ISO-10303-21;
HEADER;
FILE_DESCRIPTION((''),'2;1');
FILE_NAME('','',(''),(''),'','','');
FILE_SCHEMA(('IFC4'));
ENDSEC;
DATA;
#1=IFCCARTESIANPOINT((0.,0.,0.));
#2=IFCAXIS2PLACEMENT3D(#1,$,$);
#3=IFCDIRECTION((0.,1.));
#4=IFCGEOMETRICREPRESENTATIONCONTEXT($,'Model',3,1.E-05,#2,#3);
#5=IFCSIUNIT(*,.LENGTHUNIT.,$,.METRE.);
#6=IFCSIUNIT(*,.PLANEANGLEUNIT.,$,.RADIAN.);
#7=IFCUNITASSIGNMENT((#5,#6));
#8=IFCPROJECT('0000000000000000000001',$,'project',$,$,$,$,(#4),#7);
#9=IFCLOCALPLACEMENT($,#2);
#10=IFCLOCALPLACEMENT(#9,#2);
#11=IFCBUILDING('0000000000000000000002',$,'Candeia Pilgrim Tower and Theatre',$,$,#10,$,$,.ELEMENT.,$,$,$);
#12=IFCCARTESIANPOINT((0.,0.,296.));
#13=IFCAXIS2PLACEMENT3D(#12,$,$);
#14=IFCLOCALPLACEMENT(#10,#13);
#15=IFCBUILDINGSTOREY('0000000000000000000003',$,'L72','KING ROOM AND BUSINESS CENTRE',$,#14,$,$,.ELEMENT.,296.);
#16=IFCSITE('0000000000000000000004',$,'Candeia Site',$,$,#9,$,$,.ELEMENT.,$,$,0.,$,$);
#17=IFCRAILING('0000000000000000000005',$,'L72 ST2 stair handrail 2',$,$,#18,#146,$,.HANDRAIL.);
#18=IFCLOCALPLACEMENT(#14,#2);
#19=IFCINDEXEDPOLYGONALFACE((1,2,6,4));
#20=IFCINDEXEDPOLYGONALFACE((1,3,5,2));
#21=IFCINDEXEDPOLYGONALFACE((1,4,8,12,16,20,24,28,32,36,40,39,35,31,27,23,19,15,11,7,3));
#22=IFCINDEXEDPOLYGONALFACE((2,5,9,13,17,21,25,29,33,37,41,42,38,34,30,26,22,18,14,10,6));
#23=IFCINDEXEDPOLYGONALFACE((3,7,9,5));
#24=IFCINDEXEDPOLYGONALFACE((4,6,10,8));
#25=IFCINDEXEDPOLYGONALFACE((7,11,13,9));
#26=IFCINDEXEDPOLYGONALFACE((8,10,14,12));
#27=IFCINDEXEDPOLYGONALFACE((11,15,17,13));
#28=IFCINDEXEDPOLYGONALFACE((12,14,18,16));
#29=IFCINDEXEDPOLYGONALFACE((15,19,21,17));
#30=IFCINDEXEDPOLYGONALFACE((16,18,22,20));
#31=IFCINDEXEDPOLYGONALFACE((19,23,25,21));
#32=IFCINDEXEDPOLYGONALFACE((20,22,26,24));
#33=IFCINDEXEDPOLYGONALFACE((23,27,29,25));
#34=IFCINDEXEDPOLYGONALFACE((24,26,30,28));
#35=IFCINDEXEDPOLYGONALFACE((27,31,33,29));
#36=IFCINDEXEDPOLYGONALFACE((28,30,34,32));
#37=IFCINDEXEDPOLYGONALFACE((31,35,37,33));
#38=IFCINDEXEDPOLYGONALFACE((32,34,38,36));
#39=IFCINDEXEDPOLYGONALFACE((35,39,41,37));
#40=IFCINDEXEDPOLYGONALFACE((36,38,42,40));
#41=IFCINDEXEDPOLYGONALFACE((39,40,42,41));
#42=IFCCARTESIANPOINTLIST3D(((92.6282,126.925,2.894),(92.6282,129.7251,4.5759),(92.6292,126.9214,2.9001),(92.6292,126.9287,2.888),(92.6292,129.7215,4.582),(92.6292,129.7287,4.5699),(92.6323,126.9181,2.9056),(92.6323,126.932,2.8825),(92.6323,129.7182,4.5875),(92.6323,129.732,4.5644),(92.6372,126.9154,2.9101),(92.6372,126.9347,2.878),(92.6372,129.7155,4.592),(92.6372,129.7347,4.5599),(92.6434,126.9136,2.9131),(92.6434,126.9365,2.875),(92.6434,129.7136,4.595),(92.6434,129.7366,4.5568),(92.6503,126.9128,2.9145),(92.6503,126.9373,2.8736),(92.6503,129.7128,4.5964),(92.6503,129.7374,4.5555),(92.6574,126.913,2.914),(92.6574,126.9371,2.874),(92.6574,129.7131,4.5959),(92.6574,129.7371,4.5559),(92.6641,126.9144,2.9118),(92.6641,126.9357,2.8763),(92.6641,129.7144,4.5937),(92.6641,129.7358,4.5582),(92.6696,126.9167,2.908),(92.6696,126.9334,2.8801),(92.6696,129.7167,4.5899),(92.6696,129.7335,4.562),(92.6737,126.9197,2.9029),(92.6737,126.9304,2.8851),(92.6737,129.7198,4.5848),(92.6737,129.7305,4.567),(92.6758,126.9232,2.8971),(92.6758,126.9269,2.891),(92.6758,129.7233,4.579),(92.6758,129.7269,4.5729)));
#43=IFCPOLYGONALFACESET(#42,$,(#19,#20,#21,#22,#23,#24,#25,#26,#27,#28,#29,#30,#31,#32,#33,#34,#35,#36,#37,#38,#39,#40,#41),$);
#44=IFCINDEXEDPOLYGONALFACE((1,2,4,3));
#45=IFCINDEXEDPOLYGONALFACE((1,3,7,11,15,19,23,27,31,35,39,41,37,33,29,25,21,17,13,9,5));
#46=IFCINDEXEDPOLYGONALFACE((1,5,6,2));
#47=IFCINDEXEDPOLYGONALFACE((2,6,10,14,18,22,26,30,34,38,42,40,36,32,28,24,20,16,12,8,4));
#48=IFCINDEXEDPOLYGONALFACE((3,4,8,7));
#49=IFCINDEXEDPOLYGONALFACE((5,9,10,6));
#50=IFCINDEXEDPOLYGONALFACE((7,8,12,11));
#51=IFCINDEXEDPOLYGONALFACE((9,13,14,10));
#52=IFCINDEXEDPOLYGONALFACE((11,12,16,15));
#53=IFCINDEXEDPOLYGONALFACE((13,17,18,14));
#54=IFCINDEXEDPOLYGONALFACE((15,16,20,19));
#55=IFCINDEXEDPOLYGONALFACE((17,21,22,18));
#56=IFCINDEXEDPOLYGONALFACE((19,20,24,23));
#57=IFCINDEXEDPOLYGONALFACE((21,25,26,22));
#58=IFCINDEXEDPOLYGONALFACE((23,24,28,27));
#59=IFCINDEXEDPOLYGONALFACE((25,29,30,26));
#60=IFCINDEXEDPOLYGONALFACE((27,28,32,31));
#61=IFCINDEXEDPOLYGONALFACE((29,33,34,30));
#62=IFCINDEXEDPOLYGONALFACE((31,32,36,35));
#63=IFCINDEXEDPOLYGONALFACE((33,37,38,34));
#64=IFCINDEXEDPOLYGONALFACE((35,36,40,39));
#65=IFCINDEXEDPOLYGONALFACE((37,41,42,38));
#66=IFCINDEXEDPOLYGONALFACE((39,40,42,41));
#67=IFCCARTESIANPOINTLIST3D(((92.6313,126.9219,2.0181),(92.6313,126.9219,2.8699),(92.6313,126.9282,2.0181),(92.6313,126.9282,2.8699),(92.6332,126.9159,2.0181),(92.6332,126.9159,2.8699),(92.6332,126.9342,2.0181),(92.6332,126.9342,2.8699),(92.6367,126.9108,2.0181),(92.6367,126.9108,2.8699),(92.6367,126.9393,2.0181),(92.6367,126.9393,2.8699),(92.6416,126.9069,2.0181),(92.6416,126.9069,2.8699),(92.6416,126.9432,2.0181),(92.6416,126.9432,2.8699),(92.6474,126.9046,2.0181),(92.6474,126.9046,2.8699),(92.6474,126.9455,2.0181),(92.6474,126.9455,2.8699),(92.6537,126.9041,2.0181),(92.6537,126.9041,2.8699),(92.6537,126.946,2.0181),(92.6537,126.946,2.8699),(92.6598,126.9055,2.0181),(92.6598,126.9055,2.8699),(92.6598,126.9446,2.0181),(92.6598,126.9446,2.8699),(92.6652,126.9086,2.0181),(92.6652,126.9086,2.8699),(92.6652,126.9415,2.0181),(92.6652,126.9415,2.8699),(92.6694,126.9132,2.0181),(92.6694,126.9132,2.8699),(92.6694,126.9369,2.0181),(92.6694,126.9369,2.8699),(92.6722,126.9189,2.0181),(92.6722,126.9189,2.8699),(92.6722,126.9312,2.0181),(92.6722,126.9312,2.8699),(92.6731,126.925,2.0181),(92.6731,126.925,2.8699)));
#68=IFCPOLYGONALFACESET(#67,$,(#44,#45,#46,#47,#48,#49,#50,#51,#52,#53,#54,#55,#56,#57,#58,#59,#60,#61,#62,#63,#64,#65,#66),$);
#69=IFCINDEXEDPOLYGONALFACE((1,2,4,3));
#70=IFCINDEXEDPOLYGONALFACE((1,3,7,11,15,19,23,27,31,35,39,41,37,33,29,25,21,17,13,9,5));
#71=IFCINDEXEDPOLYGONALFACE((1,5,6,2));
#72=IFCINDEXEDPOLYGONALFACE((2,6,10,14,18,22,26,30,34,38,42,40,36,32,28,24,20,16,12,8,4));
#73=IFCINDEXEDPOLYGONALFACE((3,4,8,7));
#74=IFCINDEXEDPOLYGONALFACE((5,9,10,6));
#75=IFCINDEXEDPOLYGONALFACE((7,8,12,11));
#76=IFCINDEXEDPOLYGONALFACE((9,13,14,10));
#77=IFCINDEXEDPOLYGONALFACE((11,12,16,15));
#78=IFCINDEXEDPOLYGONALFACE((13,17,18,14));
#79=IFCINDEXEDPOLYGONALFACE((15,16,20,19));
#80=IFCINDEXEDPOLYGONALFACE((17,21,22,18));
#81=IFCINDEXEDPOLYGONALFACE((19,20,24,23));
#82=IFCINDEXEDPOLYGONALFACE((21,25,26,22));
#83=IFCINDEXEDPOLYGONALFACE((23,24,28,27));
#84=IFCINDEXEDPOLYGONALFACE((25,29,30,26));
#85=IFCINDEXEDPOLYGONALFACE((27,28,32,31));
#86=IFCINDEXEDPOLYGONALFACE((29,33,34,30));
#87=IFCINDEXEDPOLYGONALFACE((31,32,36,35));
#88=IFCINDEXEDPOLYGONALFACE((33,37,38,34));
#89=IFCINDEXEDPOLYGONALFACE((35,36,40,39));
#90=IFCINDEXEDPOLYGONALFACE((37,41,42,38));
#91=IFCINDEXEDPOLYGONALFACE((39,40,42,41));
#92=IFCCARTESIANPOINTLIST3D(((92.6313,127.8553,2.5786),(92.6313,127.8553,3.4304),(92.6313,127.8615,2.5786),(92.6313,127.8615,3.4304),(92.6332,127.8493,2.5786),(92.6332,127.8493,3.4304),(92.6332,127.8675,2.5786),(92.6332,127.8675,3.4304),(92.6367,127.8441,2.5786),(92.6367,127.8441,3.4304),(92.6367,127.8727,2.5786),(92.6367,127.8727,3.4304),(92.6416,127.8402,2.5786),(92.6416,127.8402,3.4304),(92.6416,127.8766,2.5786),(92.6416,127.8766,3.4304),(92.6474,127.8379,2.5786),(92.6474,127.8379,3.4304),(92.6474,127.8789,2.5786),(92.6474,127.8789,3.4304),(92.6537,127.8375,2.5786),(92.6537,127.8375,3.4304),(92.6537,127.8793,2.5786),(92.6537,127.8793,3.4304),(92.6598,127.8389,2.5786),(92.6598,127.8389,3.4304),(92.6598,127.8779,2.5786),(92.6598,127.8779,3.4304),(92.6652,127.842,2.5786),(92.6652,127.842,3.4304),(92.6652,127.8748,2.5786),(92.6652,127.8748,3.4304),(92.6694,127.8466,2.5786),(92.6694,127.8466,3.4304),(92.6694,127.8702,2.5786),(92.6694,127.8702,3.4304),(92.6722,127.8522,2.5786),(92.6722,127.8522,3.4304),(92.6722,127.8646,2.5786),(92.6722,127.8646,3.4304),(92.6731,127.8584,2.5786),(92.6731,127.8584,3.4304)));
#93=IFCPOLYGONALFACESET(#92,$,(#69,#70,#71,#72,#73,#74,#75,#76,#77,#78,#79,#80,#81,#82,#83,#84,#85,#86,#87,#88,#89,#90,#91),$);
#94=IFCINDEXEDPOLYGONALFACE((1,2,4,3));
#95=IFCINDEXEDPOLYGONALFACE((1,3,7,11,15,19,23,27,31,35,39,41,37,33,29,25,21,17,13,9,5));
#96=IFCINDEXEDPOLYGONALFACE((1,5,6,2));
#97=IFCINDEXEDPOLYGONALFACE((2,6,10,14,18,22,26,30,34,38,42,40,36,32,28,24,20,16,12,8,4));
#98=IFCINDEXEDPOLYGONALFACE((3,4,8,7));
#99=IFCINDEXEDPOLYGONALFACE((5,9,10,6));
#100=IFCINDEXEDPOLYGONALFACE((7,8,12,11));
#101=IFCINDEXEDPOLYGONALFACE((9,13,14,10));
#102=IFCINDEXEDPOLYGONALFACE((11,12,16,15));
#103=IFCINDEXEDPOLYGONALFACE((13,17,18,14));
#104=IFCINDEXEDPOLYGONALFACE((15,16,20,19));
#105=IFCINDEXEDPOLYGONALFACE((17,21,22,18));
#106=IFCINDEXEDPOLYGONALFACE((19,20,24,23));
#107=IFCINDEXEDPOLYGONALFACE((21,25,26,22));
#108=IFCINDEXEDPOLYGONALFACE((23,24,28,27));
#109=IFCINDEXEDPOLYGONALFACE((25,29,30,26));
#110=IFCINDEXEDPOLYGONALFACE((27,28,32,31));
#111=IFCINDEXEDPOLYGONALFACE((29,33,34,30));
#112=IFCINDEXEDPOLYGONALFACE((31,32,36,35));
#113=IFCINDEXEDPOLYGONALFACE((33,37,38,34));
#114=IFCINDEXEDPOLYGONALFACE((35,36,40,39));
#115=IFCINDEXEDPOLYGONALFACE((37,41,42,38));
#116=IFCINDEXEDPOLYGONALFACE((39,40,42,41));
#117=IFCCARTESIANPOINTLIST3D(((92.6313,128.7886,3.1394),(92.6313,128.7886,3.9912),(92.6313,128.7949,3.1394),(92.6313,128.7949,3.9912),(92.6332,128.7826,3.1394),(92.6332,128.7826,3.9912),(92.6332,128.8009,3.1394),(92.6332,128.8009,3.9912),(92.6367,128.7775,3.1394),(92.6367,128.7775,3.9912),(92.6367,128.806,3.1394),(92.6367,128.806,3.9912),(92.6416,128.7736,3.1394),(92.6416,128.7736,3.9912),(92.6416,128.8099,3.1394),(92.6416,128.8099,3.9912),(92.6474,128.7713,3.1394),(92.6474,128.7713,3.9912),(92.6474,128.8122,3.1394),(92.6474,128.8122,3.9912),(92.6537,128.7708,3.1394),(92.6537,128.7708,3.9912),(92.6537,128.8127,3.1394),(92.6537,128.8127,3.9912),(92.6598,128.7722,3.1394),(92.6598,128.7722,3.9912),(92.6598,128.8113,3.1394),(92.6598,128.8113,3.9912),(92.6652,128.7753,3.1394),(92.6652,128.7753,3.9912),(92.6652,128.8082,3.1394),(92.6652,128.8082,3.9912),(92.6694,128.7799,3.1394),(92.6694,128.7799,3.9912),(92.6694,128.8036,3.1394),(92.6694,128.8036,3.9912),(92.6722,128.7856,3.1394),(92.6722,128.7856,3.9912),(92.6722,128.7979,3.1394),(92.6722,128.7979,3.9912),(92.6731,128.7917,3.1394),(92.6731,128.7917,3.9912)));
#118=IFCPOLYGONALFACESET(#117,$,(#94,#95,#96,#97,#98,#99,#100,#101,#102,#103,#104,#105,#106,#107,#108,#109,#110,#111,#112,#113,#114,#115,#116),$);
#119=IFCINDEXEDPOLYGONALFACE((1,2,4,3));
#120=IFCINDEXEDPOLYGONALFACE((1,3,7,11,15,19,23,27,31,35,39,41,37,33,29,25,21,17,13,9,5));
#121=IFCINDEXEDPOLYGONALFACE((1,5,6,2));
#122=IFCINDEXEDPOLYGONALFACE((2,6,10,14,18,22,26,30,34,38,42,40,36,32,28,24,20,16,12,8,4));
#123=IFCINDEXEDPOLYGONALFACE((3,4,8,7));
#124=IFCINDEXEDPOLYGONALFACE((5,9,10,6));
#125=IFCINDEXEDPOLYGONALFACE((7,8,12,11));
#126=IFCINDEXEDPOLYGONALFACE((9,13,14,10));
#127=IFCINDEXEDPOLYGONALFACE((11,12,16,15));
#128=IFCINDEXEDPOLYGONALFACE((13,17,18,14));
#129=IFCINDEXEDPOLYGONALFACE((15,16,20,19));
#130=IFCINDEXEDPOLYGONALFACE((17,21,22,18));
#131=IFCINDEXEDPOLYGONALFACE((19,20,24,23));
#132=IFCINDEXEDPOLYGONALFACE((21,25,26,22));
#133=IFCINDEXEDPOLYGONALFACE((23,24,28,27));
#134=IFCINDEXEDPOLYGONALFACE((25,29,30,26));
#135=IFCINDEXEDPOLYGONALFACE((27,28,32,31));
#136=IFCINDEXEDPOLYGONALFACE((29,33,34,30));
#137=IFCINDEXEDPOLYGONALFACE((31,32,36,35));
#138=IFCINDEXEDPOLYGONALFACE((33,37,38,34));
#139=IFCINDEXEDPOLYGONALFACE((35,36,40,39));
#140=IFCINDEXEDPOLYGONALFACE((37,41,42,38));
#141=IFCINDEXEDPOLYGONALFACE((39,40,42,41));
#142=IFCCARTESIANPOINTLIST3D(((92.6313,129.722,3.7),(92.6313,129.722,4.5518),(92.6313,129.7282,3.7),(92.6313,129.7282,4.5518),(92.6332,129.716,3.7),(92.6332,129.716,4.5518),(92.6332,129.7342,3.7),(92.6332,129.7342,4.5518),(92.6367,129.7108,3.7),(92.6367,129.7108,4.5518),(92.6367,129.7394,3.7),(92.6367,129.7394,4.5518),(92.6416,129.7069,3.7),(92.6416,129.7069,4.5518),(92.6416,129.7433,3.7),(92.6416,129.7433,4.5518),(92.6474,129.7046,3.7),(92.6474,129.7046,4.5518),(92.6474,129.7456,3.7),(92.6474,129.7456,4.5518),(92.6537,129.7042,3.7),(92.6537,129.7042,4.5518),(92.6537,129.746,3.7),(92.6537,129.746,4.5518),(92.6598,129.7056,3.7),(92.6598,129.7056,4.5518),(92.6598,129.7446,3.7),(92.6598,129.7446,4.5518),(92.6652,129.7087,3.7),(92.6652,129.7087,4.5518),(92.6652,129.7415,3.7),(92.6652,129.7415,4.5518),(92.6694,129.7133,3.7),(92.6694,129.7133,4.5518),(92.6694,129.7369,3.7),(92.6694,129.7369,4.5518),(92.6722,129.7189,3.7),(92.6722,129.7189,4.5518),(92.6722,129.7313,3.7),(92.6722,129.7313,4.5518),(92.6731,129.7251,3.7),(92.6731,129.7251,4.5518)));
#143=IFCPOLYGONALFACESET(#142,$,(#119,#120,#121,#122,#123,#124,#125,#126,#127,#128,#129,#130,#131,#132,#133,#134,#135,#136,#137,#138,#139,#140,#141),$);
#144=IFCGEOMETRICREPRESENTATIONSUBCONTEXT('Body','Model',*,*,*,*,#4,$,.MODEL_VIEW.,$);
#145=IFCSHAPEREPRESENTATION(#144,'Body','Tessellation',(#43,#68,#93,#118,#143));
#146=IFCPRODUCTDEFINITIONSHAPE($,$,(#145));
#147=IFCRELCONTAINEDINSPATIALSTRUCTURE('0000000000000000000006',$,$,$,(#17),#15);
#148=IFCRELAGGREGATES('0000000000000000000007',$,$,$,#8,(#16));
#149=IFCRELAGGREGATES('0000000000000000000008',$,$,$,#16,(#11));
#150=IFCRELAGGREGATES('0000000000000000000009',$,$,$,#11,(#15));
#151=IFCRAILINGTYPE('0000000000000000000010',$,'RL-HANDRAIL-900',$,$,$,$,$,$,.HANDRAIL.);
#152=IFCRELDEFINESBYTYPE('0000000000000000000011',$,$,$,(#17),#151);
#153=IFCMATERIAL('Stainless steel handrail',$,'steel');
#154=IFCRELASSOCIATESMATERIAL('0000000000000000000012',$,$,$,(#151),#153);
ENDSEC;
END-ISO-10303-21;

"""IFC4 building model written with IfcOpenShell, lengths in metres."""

from ifc_helpers import new_model, si_unit, direction, frame, origin, origin_2d, place, context, subcontext, project, spatial, circle, extrude, material, type_object, element, save


model = new_model("IFC4")

# Units and contexts
model_context = context("Model", 3, precision=1e-05, world=origin(), true_north=direction((0.0, 1.0)))
body_context = subcontext(model_context, "Body", "Model", "MODEL_VIEW")
ifc_project = project(units=[si_unit("LENGTHUNIT", "METRE"), si_unit("PLANEANGLEUNIT", "RADIAN")], contexts=[model_context])

# Site, building, storey
site_placement = place(None, origin())
site = spatial("IfcSite", under=ifc_project, at=site_placement, Name="Candeia Site", CompositionType="ELEMENT", RefElevation=0.0)
building_placement = place(site_placement, origin())
building = spatial("IfcBuilding", under=site, at=building_placement, Name="Candeia Pilgrim Tower and Theatre", CompositionType="ELEMENT")
storey_placement = place(building_placement, frame((0.0, 0.0, 296.0)))
storey = spatial("IfcBuildingStorey", under=building, at=storey_placement, Name="L72", Description="KING ROOM AND BUSINESS CENTRE", CompositionType="ELEMENT", Elevation=296.0)

# Railing
ifc_material_1 = material(Name="Stainless steel handrail", Category="steel")
railing_type_1 = type_object("IfcRailingType", Name="RL-HANDRAIL-900", PredefinedType="HANDRAIL", material=ifc_material_1)
for number, where, name in (
    (1, (92.6521, 126.925, 2.0181), "L72 ST2 stair handrail 2"),
):
    element("IfcRailing", number, at=place(storey_placement, frame(where)), inside=storey, type_object=railing_type_1, Name=name, PredefinedType="HANDRAIL", context=body_context, shape_type="SweptSolid", body=[
        extrude(circle(Radius=0.0239, at=origin_2d()), frame((0.0, 0.0, 0.876), z_axis=(0.0, 0.857242, 0.514913), x_axis=(-1.0, 0.0, 0.0)), (0.0, 0.0, 1.0), 3.2664),
        extrude(circle(Radius=0.021, at=origin_2d()), origin(), (0.0, 0.0, 1.0), 0.8518),
        extrude(circle(Radius=0.021, at=origin_2d()), frame((0.0, 0.9333, 0.5605)), (0.0, 0.0, 1.0), 0.8518),
        extrude(circle(Radius=0.021, at=origin_2d()), frame((0.0, 1.8667, 1.1213)), (0.0, 0.0, 1.0), 0.8518),
        extrude(circle(Radius=0.021, at=origin_2d()), frame((0.0, 2.8, 1.6819)), (0.0, 0.0, 1.0), 0.8518),
    ])

save(model, "model.ifc")
